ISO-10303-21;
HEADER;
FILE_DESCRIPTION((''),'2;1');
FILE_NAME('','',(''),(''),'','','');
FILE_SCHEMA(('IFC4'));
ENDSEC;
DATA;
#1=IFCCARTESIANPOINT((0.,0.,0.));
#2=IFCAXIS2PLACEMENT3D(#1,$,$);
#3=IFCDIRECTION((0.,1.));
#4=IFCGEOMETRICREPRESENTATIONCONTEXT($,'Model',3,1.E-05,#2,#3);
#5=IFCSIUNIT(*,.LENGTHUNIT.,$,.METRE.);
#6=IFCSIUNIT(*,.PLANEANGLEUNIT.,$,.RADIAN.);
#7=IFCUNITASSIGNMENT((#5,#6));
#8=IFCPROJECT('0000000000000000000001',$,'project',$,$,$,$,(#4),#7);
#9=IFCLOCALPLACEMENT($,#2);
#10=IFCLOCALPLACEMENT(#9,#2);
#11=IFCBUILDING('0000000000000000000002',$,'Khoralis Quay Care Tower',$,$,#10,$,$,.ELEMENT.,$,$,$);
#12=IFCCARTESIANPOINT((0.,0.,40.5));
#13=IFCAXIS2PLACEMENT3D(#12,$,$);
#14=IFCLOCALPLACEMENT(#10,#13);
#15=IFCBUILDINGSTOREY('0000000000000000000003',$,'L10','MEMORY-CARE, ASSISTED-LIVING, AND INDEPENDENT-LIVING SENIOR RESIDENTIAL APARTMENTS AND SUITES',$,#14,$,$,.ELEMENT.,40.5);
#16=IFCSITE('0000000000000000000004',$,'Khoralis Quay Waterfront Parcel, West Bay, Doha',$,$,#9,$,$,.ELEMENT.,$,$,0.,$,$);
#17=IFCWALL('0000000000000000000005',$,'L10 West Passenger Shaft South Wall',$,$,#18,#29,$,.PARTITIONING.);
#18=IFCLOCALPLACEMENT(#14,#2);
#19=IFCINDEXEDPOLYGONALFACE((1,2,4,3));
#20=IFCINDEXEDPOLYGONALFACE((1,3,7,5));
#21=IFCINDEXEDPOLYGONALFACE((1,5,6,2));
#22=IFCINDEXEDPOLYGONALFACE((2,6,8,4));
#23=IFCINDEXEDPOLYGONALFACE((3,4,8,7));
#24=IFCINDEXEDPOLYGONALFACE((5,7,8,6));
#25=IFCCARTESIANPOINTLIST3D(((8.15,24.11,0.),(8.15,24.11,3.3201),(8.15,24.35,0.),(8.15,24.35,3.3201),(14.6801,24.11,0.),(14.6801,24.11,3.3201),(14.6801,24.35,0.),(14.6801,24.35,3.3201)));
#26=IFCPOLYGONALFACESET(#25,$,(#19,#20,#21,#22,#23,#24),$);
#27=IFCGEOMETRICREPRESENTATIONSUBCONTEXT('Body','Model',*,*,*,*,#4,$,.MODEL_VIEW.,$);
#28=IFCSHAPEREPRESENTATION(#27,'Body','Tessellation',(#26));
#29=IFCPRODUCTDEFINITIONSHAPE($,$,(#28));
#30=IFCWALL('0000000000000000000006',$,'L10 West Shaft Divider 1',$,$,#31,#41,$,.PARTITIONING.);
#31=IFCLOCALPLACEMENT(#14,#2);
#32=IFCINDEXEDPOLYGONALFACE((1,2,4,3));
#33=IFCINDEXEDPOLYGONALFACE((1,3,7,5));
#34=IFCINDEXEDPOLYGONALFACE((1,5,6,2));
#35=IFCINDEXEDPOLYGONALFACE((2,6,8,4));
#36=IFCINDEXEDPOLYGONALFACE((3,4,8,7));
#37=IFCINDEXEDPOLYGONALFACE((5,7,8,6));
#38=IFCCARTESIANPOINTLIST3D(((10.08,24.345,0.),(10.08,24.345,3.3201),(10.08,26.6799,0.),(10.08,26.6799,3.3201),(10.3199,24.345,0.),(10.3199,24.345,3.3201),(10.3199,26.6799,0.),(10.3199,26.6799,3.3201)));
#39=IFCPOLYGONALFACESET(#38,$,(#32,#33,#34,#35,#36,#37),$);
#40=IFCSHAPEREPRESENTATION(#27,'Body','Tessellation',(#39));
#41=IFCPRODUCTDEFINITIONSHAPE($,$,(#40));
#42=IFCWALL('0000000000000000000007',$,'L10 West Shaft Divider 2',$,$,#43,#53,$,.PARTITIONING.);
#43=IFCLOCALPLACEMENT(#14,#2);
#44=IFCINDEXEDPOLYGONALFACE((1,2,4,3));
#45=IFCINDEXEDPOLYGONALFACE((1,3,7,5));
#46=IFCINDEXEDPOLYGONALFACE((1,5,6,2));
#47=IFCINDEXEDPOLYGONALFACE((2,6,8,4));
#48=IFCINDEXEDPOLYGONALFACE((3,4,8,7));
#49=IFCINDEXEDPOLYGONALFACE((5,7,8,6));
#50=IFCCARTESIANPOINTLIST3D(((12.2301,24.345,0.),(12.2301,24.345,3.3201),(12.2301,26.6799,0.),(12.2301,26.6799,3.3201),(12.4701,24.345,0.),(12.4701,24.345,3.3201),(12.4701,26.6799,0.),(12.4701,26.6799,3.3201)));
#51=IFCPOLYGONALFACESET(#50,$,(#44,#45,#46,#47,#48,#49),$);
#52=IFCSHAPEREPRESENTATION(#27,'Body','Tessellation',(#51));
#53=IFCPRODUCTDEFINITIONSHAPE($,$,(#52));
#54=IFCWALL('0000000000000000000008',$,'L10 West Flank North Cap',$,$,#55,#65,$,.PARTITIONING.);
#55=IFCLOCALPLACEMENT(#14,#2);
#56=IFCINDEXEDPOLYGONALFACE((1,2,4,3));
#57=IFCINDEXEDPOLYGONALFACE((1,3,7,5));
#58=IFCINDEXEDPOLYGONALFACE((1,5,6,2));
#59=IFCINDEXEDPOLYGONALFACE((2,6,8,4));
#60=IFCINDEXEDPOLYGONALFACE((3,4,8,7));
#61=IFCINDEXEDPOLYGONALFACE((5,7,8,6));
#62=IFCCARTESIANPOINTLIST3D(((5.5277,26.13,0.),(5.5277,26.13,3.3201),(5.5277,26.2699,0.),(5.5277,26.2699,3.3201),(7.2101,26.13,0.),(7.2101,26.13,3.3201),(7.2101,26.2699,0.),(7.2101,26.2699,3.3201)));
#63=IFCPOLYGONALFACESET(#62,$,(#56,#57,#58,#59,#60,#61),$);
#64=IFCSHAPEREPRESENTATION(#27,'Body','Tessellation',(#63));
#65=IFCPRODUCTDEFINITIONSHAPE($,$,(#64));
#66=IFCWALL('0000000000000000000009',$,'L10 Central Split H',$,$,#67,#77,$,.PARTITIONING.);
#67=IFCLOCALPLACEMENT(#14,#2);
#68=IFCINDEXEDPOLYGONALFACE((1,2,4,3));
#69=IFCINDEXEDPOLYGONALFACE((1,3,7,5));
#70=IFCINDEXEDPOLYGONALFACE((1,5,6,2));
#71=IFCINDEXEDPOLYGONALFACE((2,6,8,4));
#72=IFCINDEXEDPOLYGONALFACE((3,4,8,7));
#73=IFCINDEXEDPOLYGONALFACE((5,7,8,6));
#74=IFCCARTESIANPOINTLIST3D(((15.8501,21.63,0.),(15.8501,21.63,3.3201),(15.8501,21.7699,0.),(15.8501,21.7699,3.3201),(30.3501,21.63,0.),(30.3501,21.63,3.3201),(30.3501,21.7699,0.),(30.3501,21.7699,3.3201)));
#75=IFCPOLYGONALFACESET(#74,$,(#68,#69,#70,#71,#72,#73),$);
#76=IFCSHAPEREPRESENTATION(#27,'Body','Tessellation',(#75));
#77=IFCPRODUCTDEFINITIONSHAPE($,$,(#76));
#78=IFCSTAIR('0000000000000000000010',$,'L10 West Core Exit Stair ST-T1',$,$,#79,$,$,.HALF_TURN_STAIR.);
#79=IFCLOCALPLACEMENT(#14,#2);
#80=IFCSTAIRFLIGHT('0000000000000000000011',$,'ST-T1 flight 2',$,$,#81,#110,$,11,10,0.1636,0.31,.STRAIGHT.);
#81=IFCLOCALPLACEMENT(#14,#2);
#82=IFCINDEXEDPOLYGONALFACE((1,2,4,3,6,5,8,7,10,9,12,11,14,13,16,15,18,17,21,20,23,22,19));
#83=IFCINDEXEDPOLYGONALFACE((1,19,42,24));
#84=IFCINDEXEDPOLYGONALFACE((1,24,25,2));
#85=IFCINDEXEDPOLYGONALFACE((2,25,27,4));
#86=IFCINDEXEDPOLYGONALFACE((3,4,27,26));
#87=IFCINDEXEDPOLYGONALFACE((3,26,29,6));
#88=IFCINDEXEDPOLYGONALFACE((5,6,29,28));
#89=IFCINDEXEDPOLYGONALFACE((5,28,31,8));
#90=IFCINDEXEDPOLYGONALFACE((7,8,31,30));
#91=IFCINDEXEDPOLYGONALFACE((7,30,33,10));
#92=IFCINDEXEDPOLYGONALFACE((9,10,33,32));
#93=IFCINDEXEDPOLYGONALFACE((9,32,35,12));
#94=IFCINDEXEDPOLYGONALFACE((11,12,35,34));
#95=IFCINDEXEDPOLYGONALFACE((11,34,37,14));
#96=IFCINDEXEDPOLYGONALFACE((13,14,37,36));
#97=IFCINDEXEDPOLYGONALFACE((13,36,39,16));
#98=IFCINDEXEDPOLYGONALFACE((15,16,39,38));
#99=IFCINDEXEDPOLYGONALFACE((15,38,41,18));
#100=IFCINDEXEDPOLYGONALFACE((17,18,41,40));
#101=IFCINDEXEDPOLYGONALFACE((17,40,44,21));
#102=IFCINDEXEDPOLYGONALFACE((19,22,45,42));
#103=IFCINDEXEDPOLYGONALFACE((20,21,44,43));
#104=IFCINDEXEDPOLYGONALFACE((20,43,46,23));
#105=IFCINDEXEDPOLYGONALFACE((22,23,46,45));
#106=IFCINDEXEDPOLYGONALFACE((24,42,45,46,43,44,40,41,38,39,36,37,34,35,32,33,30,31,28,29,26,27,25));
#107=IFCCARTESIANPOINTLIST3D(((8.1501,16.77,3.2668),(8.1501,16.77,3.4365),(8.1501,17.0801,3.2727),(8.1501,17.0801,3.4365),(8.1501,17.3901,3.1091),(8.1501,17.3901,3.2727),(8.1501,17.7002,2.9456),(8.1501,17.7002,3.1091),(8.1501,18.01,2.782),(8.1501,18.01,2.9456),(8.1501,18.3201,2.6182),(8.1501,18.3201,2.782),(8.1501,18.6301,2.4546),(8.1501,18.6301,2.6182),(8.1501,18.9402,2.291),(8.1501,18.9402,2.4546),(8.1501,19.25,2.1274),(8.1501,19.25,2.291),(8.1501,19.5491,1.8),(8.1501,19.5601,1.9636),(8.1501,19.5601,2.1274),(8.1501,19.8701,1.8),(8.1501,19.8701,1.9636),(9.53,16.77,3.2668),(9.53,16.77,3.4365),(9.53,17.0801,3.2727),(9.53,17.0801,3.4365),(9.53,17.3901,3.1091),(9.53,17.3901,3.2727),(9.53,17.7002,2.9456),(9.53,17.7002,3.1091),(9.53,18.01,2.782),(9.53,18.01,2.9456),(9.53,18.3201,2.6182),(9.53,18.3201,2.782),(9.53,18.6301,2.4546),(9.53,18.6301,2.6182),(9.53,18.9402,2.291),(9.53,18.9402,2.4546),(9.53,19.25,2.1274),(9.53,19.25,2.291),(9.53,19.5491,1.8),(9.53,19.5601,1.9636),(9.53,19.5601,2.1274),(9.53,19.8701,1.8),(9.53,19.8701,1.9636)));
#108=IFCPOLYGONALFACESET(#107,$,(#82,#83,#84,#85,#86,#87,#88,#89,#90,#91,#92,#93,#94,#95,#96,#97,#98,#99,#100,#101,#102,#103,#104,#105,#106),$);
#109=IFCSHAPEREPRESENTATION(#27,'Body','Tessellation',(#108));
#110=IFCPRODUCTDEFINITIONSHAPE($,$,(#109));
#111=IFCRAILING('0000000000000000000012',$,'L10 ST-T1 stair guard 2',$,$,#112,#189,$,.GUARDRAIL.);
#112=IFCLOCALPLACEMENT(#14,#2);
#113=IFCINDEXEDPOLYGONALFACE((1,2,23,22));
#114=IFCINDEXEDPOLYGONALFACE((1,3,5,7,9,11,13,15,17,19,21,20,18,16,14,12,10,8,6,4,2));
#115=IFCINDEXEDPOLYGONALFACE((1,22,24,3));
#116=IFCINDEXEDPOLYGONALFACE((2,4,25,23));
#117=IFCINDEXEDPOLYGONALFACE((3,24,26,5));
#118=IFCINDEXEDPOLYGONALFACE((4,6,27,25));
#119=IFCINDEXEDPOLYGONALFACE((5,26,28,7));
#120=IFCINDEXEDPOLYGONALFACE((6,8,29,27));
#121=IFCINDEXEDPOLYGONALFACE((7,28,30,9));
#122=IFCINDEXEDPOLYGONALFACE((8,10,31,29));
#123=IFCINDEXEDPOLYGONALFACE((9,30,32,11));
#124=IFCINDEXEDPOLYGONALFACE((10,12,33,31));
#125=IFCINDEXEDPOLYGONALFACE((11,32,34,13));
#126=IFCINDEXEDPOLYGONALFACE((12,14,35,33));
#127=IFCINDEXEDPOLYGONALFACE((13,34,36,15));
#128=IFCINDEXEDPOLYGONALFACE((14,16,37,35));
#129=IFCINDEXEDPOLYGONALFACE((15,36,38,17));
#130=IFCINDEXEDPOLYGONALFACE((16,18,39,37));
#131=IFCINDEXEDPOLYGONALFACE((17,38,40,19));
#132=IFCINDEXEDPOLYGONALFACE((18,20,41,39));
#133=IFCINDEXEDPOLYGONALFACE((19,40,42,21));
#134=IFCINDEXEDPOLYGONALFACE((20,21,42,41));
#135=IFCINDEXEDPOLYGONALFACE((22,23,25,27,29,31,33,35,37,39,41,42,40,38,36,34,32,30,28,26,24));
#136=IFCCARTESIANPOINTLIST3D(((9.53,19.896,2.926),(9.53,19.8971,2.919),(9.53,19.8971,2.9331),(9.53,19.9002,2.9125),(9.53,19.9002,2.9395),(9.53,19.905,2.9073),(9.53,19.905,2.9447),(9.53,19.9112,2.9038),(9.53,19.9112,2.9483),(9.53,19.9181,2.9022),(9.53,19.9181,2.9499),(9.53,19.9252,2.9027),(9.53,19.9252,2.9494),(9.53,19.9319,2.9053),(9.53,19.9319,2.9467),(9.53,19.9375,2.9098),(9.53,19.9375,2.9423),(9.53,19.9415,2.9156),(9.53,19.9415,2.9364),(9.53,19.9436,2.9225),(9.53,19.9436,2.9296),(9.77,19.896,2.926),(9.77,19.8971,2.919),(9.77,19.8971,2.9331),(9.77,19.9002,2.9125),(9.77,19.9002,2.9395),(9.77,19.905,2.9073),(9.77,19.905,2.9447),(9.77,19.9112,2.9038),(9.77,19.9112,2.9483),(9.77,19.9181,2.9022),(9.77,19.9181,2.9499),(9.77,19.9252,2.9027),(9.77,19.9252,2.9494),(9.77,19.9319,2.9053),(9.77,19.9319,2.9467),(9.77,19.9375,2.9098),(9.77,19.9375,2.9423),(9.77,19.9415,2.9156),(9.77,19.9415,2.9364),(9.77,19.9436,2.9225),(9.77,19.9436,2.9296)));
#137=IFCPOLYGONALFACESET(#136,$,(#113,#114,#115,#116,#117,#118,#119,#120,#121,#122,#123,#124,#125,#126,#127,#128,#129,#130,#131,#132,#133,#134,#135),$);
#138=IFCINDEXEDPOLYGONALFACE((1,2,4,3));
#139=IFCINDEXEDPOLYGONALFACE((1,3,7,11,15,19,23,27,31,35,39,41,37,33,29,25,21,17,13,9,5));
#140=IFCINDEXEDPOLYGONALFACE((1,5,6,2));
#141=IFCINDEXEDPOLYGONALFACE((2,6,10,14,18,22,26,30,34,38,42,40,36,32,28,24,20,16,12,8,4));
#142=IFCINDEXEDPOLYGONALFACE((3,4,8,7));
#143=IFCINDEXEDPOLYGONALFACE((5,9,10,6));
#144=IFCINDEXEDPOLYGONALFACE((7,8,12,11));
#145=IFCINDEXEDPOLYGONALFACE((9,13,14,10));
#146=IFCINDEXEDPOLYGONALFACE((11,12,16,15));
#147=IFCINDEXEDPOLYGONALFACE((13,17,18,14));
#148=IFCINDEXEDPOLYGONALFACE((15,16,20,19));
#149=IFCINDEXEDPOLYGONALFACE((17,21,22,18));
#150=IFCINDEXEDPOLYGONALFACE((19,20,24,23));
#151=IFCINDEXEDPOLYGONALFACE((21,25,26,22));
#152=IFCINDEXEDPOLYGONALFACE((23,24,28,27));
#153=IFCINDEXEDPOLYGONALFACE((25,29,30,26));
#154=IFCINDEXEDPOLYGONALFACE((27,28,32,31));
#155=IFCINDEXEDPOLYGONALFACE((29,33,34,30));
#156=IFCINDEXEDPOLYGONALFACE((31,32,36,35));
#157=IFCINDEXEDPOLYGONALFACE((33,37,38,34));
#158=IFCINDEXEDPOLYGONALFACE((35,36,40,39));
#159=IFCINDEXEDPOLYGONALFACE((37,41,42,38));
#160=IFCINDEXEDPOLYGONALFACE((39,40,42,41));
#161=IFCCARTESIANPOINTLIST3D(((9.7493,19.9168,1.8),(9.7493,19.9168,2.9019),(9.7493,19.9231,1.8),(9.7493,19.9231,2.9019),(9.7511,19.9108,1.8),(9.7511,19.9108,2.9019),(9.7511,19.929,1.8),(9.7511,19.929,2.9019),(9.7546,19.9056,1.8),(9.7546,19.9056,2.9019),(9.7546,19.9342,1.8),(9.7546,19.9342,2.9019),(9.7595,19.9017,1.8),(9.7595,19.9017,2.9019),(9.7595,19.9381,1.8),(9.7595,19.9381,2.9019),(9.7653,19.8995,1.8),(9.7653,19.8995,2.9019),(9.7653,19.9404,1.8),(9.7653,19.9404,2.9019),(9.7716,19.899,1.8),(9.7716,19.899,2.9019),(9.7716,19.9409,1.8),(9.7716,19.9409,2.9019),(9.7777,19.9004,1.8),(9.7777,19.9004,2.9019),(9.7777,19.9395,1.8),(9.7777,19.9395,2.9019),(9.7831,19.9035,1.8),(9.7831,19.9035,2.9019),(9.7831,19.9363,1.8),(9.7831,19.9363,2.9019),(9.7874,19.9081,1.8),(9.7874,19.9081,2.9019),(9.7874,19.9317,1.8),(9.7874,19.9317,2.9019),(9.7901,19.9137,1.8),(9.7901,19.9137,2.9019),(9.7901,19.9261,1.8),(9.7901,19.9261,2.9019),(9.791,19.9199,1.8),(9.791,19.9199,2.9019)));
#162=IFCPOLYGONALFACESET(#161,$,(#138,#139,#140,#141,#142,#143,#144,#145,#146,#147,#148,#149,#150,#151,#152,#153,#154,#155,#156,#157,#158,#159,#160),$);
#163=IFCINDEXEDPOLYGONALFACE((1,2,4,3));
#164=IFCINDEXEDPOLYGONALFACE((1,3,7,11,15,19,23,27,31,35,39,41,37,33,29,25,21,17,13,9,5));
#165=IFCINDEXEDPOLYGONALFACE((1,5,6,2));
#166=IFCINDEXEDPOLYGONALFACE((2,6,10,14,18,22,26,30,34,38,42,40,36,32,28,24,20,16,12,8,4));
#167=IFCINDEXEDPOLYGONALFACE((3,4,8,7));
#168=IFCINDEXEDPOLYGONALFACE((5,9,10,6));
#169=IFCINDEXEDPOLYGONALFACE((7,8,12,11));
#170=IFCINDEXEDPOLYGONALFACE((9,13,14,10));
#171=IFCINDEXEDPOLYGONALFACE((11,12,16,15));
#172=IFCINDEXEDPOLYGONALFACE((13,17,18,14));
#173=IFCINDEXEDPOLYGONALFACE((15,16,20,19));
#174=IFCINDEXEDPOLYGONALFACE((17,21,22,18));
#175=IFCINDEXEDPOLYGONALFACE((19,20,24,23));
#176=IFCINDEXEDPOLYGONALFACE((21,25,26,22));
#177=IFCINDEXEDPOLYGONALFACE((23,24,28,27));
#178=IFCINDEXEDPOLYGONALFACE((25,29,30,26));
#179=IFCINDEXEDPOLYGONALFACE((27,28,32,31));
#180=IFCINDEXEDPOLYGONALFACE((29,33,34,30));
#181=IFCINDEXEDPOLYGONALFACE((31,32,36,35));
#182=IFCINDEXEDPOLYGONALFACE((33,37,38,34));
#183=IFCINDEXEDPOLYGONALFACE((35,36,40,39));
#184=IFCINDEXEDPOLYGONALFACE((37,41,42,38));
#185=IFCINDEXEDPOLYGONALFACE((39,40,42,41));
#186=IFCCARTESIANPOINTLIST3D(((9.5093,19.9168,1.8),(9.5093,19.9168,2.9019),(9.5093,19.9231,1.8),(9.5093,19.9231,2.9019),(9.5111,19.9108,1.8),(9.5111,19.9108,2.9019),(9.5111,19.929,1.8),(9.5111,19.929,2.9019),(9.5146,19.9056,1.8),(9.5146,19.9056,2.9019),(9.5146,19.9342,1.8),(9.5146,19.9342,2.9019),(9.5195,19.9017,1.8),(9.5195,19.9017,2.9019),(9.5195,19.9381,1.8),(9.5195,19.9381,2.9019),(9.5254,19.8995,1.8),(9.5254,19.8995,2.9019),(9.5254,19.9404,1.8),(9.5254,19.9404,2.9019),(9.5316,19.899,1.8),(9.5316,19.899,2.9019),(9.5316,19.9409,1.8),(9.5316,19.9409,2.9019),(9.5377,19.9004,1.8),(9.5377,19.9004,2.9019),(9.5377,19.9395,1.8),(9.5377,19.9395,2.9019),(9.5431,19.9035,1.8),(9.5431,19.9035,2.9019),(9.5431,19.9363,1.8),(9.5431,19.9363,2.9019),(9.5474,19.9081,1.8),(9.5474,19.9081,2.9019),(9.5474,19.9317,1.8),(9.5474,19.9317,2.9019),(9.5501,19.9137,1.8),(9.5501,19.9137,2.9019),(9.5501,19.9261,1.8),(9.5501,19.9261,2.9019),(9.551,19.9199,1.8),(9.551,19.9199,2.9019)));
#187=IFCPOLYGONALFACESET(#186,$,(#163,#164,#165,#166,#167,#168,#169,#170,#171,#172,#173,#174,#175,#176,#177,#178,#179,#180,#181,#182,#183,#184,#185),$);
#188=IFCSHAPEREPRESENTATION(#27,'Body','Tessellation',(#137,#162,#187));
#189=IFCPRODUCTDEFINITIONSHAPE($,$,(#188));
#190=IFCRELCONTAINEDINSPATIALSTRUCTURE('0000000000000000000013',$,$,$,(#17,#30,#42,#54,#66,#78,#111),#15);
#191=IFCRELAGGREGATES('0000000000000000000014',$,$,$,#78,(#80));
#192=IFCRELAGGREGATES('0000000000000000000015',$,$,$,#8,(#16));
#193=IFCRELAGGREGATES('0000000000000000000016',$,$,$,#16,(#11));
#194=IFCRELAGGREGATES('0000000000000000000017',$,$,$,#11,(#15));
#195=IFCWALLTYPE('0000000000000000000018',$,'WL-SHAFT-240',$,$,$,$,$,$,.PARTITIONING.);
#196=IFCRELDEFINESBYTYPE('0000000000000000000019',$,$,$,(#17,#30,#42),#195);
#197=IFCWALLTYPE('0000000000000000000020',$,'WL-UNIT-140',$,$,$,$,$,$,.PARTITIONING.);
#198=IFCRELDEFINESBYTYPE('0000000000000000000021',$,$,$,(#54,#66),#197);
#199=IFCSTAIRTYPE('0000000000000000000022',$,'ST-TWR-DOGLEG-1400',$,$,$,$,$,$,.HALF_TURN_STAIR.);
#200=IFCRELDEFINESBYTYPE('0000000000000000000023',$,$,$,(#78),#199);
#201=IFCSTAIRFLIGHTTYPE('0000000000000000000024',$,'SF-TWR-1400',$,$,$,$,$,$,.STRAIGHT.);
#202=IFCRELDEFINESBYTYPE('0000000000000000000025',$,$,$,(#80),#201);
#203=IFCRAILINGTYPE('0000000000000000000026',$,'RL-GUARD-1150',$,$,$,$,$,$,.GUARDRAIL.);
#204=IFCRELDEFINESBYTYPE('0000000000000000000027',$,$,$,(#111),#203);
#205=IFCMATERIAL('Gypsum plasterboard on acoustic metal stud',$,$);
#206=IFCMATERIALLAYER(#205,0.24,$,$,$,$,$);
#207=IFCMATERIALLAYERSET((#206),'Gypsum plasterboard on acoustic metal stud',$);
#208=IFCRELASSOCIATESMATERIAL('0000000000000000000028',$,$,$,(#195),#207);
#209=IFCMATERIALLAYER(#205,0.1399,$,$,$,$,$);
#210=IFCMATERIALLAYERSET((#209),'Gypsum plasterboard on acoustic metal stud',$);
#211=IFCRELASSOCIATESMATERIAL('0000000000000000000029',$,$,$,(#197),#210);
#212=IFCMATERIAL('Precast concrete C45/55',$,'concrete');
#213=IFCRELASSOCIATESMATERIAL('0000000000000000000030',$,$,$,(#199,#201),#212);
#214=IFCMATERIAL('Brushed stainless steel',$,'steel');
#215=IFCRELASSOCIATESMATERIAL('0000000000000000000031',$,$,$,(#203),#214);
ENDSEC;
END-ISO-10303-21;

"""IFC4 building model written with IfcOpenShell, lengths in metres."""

from ifc_helpers import new_model, si_unit, direction, frame, frame_2d, origin, origin_2d, place, context, subcontext, project, spatial, polyline, rectangle, circle, outline, extrude, source, transform, mapped, material, layer, layer_set, type_object, element, aggregate, save


model = new_model("IFC4")

# Units and contexts
model_context = context("Model", 3, precision=1e-05, world=origin(), true_north=direction((0.0, 1.0)))
body_context = subcontext(model_context, "Body", "Model", "MODEL_VIEW")
ifc_project = project(units=[si_unit("LENGTHUNIT", "METRE"), si_unit("PLANEANGLEUNIT", "RADIAN")], contexts=[model_context])

# Site, building, storey
site_placement = place(None, origin())
site = spatial("IfcSite", under=ifc_project, at=site_placement, Name="Khoralis Quay Waterfront Parcel, West Bay, Doha", CompositionType="ELEMENT", RefElevation=0.0)
building_placement = place(site_placement, origin())
building = spatial("IfcBuilding", under=site, at=building_placement, Name="Khoralis Quay Care Tower", CompositionType="ELEMENT")
storey_placement = place(building_placement, frame((0.0, 0.0, 40.5)))
storey = spatial("IfcBuildingStorey", under=building, at=storey_placement, Name="L10", Description="MEMORY-CARE, ASSISTED-LIVING, AND INDEPENDENT-LIVING SENIOR RESIDENTIAL APARTMENTS AND SUITES", CompositionType="ELEMENT", Elevation=40.5)

# Shared definitions
ifc_material_1 = material(Name="Brushed stainless steel", Category="steel")

# Shared definitions
ifc_material_2 = material(Name="Gypsum plasterboard on acoustic metal stud")

# Walls
ifc_layer_1 = layer(ifc_material_2, 0.24)
ifc_layer_set_1 = layer_set([ifc_layer_1], Name="Gypsum plasterboard on acoustic metal stud")
wall_type_1 = type_object("IfcWallType", Name="WL-SHAFT-240", PredefinedType="PARTITIONING", material=ifc_layer_set_1)
wall_1_placement = place(storey_placement, frame((8.1499, 24.23, 0.0), z_axis=(0.0, 0.0, 1.0), x_axis=(1.0, 0.0, 0.0)))
element("IfcWall", 1, at=wall_1_placement, inside=storey, type_object=wall_type_1, Name="L10 West Passenger Shaft South Wall", PredefinedType="PARTITIONING", context=body_context, shape_type="SweptSolid", body=[
    extrude(rectangle(XDim=6.53, YDim=0.24, at=frame_2d((3.2651, 0.0))), origin(), (0.0, 0.0, 1.0), 3.3201),
])
for number, where, z_axis, x_axis, name in (
    (2, (10.2, 24.345, 0.0), (0.0, 0.0, 1.0), (0.0, 1.0, 0.0), "L10 West Shaft Divider 1"),
    (3, (12.3501, 24.345, 0.0), (0.0, 0.0, 1.0), (0.0, 1.0, 0.0), "L10 West Shaft Divider 2"),
):
    element("IfcWall", number, at=place(storey_placement, frame(where, z_axis=z_axis, x_axis=x_axis)), inside=storey, type_object=wall_type_1, Name=name, PredefinedType="PARTITIONING", context=body_context, shape_type="SweptSolid", body=[
        extrude(rectangle(XDim=2.335, YDim=0.24, at=frame_2d((1.1675, 0.0))), origin(), (0.0, 0.0, 1.0), 3.3201),
    ])
ifc_layer_2 = layer(ifc_material_2, 0.1399)
ifc_layer_set_2 = layer_set([ifc_layer_2], Name="Gypsum plasterboard on acoustic metal stud")
wall_type_2 = type_object("IfcWallType", Name="WL-UNIT-140", PredefinedType="PARTITIONING", material=ifc_layer_set_2)
wall_2_placement = place(storey_placement, frame((5.5276, 26.2, 0.0), z_axis=(0.0, 0.0, 1.0), x_axis=(1.0, 0.0, 0.0)))
element("IfcWall", 4, at=wall_2_placement, inside=storey, type_object=wall_type_2, Name="L10 West Flank North Cap", PredefinedType="PARTITIONING", context=body_context, shape_type="SweptSolid", body=[
    extrude(rectangle(XDim=1.6824, YDim=0.1399, at=frame_2d((0.8413, 0.0))), origin(), (0.0, 0.0, 1.0), 3.3201),
])
wall_3_placement = place(storey_placement, frame((15.8501, 21.7, 0.0), z_axis=(0.0, 0.0, 1.0), x_axis=(1.0, 0.0, 0.0)))
element("IfcWall", 5, at=wall_3_placement, inside=storey, type_object=wall_type_2, Name="L10 Central Split H", PredefinedType="PARTITIONING", context=body_context, shape_type="SweptSolid", body=[
    extrude(rectangle(XDim=14.5, YDim=0.1399, at=frame_2d((7.25, 0.0))), origin(), (0.0, 0.0, 1.0), 3.3201),
])

# Stair, stair flight
ifc_material_3 = material(Name="Precast concrete C45/55", Category="concrete")
stair_type = type_object("IfcStairType", Name="ST-TWR-DOGLEG-1400", PredefinedType="HALF_TURN_STAIR", material=ifc_material_3)
stair_placement = place(storey_placement, origin())
stair = element("IfcStair", 6, at=stair_placement, inside=storey, type_object=stair_type, Name="L10 West Core Exit Stair ST-T1", PredefinedType="HALF_TURN_STAIR")
stair_flight_type = type_object("IfcStairFlightType", Name="SF-TWR-1400", PredefinedType="STRAIGHT", material=ifc_material_3)
shared_shape_1 = source(origin(), body_context, "Body", "SweptSolid", [
    extrude(outline(polyline([(0.0, 0.0), (0.0, 0.1636), (0.3101, 0.1636), (0.3101, 0.3274), (0.6201, 0.3274), (0.6201, 0.491), (0.9299, 0.491), (0.9299, 0.6545), (1.24, 0.6545), (1.24, 0.8181), (1.55, 0.8181), (1.55, 0.9819), (1.8601, 0.9819), (1.8601, 1.1455), (2.1699, 1.1455), (2.1699, 1.3091), (2.48, 1.3091), (2.48, 1.4727), (2.79, 1.4727), (2.79, 1.6365), (3.1001, 1.6365), (3.1001, 1.8), (3.1001, 1.4668), (0.321, 0.0), (0.0, 0.0)])), frame((0.0, 0.6899, 0.0), z_axis=(0.0, -1.0, 0.0), x_axis=(1.0, 0.0, 0.0)), (0.0, 0.0, 1.0), 1.3799),
])
stair_flight_placement = place(storey_placement, frame((8.8401, 19.8701, 1.8), z_axis=(0.0, 0.0, 1.0), x_axis=(0.0, -1.0, 0.0)))
stair_flight = element("IfcStairFlight", 7, at=stair_flight_placement, type_object=stair_flight_type, Name="ST-T1 flight 2", NumberOfRisers=11, NumberOfTreads=10, PredefinedType="STRAIGHT", RiserHeight=0.1636, TreadLength=0.31, context=body_context, shape_type="MappedRepresentation", body=[
    mapped(shared_shape_1, transform((0.0, 0.0, 0.0), scale=1.0)),
])
aggregate(stair, [stair_flight])

# Railing
railing_type_1 = type_object("IfcRailingType", Name="RL-GUARD-1150", PredefinedType="GUARDRAIL", material=ifc_material_1)
railing_1_placement = place(storey_placement, frame((9.77, 19.9199, 1.8)))
element("IfcRailing", 8, at=railing_1_placement, inside=storey, type_object=railing_type_1, Name="L10 ST-T1 stair guard 2", PredefinedType="GUARDRAIL", context=body_context, shape_type="SweptSolid", body=[
    extrude(circle(Radius=0.0239, at=origin_2d()), frame((0.0, 0.0, 1.126), z_axis=(-1.0, 0.0, 0.0), x_axis=(0.0, -1.0, 0.0)), (0.0, 0.0, 1.0), 0.24),
    extrude(circle(Radius=0.021, at=origin_2d()), origin(), (0.0, 0.0, 1.0), 1.1018),
    extrude(circle(Radius=0.021, at=origin_2d()), frame((-0.24, 0.0, 0.0)), (0.0, 0.0, 1.0), 1.1018),
])

save(model, "model.ifc")
